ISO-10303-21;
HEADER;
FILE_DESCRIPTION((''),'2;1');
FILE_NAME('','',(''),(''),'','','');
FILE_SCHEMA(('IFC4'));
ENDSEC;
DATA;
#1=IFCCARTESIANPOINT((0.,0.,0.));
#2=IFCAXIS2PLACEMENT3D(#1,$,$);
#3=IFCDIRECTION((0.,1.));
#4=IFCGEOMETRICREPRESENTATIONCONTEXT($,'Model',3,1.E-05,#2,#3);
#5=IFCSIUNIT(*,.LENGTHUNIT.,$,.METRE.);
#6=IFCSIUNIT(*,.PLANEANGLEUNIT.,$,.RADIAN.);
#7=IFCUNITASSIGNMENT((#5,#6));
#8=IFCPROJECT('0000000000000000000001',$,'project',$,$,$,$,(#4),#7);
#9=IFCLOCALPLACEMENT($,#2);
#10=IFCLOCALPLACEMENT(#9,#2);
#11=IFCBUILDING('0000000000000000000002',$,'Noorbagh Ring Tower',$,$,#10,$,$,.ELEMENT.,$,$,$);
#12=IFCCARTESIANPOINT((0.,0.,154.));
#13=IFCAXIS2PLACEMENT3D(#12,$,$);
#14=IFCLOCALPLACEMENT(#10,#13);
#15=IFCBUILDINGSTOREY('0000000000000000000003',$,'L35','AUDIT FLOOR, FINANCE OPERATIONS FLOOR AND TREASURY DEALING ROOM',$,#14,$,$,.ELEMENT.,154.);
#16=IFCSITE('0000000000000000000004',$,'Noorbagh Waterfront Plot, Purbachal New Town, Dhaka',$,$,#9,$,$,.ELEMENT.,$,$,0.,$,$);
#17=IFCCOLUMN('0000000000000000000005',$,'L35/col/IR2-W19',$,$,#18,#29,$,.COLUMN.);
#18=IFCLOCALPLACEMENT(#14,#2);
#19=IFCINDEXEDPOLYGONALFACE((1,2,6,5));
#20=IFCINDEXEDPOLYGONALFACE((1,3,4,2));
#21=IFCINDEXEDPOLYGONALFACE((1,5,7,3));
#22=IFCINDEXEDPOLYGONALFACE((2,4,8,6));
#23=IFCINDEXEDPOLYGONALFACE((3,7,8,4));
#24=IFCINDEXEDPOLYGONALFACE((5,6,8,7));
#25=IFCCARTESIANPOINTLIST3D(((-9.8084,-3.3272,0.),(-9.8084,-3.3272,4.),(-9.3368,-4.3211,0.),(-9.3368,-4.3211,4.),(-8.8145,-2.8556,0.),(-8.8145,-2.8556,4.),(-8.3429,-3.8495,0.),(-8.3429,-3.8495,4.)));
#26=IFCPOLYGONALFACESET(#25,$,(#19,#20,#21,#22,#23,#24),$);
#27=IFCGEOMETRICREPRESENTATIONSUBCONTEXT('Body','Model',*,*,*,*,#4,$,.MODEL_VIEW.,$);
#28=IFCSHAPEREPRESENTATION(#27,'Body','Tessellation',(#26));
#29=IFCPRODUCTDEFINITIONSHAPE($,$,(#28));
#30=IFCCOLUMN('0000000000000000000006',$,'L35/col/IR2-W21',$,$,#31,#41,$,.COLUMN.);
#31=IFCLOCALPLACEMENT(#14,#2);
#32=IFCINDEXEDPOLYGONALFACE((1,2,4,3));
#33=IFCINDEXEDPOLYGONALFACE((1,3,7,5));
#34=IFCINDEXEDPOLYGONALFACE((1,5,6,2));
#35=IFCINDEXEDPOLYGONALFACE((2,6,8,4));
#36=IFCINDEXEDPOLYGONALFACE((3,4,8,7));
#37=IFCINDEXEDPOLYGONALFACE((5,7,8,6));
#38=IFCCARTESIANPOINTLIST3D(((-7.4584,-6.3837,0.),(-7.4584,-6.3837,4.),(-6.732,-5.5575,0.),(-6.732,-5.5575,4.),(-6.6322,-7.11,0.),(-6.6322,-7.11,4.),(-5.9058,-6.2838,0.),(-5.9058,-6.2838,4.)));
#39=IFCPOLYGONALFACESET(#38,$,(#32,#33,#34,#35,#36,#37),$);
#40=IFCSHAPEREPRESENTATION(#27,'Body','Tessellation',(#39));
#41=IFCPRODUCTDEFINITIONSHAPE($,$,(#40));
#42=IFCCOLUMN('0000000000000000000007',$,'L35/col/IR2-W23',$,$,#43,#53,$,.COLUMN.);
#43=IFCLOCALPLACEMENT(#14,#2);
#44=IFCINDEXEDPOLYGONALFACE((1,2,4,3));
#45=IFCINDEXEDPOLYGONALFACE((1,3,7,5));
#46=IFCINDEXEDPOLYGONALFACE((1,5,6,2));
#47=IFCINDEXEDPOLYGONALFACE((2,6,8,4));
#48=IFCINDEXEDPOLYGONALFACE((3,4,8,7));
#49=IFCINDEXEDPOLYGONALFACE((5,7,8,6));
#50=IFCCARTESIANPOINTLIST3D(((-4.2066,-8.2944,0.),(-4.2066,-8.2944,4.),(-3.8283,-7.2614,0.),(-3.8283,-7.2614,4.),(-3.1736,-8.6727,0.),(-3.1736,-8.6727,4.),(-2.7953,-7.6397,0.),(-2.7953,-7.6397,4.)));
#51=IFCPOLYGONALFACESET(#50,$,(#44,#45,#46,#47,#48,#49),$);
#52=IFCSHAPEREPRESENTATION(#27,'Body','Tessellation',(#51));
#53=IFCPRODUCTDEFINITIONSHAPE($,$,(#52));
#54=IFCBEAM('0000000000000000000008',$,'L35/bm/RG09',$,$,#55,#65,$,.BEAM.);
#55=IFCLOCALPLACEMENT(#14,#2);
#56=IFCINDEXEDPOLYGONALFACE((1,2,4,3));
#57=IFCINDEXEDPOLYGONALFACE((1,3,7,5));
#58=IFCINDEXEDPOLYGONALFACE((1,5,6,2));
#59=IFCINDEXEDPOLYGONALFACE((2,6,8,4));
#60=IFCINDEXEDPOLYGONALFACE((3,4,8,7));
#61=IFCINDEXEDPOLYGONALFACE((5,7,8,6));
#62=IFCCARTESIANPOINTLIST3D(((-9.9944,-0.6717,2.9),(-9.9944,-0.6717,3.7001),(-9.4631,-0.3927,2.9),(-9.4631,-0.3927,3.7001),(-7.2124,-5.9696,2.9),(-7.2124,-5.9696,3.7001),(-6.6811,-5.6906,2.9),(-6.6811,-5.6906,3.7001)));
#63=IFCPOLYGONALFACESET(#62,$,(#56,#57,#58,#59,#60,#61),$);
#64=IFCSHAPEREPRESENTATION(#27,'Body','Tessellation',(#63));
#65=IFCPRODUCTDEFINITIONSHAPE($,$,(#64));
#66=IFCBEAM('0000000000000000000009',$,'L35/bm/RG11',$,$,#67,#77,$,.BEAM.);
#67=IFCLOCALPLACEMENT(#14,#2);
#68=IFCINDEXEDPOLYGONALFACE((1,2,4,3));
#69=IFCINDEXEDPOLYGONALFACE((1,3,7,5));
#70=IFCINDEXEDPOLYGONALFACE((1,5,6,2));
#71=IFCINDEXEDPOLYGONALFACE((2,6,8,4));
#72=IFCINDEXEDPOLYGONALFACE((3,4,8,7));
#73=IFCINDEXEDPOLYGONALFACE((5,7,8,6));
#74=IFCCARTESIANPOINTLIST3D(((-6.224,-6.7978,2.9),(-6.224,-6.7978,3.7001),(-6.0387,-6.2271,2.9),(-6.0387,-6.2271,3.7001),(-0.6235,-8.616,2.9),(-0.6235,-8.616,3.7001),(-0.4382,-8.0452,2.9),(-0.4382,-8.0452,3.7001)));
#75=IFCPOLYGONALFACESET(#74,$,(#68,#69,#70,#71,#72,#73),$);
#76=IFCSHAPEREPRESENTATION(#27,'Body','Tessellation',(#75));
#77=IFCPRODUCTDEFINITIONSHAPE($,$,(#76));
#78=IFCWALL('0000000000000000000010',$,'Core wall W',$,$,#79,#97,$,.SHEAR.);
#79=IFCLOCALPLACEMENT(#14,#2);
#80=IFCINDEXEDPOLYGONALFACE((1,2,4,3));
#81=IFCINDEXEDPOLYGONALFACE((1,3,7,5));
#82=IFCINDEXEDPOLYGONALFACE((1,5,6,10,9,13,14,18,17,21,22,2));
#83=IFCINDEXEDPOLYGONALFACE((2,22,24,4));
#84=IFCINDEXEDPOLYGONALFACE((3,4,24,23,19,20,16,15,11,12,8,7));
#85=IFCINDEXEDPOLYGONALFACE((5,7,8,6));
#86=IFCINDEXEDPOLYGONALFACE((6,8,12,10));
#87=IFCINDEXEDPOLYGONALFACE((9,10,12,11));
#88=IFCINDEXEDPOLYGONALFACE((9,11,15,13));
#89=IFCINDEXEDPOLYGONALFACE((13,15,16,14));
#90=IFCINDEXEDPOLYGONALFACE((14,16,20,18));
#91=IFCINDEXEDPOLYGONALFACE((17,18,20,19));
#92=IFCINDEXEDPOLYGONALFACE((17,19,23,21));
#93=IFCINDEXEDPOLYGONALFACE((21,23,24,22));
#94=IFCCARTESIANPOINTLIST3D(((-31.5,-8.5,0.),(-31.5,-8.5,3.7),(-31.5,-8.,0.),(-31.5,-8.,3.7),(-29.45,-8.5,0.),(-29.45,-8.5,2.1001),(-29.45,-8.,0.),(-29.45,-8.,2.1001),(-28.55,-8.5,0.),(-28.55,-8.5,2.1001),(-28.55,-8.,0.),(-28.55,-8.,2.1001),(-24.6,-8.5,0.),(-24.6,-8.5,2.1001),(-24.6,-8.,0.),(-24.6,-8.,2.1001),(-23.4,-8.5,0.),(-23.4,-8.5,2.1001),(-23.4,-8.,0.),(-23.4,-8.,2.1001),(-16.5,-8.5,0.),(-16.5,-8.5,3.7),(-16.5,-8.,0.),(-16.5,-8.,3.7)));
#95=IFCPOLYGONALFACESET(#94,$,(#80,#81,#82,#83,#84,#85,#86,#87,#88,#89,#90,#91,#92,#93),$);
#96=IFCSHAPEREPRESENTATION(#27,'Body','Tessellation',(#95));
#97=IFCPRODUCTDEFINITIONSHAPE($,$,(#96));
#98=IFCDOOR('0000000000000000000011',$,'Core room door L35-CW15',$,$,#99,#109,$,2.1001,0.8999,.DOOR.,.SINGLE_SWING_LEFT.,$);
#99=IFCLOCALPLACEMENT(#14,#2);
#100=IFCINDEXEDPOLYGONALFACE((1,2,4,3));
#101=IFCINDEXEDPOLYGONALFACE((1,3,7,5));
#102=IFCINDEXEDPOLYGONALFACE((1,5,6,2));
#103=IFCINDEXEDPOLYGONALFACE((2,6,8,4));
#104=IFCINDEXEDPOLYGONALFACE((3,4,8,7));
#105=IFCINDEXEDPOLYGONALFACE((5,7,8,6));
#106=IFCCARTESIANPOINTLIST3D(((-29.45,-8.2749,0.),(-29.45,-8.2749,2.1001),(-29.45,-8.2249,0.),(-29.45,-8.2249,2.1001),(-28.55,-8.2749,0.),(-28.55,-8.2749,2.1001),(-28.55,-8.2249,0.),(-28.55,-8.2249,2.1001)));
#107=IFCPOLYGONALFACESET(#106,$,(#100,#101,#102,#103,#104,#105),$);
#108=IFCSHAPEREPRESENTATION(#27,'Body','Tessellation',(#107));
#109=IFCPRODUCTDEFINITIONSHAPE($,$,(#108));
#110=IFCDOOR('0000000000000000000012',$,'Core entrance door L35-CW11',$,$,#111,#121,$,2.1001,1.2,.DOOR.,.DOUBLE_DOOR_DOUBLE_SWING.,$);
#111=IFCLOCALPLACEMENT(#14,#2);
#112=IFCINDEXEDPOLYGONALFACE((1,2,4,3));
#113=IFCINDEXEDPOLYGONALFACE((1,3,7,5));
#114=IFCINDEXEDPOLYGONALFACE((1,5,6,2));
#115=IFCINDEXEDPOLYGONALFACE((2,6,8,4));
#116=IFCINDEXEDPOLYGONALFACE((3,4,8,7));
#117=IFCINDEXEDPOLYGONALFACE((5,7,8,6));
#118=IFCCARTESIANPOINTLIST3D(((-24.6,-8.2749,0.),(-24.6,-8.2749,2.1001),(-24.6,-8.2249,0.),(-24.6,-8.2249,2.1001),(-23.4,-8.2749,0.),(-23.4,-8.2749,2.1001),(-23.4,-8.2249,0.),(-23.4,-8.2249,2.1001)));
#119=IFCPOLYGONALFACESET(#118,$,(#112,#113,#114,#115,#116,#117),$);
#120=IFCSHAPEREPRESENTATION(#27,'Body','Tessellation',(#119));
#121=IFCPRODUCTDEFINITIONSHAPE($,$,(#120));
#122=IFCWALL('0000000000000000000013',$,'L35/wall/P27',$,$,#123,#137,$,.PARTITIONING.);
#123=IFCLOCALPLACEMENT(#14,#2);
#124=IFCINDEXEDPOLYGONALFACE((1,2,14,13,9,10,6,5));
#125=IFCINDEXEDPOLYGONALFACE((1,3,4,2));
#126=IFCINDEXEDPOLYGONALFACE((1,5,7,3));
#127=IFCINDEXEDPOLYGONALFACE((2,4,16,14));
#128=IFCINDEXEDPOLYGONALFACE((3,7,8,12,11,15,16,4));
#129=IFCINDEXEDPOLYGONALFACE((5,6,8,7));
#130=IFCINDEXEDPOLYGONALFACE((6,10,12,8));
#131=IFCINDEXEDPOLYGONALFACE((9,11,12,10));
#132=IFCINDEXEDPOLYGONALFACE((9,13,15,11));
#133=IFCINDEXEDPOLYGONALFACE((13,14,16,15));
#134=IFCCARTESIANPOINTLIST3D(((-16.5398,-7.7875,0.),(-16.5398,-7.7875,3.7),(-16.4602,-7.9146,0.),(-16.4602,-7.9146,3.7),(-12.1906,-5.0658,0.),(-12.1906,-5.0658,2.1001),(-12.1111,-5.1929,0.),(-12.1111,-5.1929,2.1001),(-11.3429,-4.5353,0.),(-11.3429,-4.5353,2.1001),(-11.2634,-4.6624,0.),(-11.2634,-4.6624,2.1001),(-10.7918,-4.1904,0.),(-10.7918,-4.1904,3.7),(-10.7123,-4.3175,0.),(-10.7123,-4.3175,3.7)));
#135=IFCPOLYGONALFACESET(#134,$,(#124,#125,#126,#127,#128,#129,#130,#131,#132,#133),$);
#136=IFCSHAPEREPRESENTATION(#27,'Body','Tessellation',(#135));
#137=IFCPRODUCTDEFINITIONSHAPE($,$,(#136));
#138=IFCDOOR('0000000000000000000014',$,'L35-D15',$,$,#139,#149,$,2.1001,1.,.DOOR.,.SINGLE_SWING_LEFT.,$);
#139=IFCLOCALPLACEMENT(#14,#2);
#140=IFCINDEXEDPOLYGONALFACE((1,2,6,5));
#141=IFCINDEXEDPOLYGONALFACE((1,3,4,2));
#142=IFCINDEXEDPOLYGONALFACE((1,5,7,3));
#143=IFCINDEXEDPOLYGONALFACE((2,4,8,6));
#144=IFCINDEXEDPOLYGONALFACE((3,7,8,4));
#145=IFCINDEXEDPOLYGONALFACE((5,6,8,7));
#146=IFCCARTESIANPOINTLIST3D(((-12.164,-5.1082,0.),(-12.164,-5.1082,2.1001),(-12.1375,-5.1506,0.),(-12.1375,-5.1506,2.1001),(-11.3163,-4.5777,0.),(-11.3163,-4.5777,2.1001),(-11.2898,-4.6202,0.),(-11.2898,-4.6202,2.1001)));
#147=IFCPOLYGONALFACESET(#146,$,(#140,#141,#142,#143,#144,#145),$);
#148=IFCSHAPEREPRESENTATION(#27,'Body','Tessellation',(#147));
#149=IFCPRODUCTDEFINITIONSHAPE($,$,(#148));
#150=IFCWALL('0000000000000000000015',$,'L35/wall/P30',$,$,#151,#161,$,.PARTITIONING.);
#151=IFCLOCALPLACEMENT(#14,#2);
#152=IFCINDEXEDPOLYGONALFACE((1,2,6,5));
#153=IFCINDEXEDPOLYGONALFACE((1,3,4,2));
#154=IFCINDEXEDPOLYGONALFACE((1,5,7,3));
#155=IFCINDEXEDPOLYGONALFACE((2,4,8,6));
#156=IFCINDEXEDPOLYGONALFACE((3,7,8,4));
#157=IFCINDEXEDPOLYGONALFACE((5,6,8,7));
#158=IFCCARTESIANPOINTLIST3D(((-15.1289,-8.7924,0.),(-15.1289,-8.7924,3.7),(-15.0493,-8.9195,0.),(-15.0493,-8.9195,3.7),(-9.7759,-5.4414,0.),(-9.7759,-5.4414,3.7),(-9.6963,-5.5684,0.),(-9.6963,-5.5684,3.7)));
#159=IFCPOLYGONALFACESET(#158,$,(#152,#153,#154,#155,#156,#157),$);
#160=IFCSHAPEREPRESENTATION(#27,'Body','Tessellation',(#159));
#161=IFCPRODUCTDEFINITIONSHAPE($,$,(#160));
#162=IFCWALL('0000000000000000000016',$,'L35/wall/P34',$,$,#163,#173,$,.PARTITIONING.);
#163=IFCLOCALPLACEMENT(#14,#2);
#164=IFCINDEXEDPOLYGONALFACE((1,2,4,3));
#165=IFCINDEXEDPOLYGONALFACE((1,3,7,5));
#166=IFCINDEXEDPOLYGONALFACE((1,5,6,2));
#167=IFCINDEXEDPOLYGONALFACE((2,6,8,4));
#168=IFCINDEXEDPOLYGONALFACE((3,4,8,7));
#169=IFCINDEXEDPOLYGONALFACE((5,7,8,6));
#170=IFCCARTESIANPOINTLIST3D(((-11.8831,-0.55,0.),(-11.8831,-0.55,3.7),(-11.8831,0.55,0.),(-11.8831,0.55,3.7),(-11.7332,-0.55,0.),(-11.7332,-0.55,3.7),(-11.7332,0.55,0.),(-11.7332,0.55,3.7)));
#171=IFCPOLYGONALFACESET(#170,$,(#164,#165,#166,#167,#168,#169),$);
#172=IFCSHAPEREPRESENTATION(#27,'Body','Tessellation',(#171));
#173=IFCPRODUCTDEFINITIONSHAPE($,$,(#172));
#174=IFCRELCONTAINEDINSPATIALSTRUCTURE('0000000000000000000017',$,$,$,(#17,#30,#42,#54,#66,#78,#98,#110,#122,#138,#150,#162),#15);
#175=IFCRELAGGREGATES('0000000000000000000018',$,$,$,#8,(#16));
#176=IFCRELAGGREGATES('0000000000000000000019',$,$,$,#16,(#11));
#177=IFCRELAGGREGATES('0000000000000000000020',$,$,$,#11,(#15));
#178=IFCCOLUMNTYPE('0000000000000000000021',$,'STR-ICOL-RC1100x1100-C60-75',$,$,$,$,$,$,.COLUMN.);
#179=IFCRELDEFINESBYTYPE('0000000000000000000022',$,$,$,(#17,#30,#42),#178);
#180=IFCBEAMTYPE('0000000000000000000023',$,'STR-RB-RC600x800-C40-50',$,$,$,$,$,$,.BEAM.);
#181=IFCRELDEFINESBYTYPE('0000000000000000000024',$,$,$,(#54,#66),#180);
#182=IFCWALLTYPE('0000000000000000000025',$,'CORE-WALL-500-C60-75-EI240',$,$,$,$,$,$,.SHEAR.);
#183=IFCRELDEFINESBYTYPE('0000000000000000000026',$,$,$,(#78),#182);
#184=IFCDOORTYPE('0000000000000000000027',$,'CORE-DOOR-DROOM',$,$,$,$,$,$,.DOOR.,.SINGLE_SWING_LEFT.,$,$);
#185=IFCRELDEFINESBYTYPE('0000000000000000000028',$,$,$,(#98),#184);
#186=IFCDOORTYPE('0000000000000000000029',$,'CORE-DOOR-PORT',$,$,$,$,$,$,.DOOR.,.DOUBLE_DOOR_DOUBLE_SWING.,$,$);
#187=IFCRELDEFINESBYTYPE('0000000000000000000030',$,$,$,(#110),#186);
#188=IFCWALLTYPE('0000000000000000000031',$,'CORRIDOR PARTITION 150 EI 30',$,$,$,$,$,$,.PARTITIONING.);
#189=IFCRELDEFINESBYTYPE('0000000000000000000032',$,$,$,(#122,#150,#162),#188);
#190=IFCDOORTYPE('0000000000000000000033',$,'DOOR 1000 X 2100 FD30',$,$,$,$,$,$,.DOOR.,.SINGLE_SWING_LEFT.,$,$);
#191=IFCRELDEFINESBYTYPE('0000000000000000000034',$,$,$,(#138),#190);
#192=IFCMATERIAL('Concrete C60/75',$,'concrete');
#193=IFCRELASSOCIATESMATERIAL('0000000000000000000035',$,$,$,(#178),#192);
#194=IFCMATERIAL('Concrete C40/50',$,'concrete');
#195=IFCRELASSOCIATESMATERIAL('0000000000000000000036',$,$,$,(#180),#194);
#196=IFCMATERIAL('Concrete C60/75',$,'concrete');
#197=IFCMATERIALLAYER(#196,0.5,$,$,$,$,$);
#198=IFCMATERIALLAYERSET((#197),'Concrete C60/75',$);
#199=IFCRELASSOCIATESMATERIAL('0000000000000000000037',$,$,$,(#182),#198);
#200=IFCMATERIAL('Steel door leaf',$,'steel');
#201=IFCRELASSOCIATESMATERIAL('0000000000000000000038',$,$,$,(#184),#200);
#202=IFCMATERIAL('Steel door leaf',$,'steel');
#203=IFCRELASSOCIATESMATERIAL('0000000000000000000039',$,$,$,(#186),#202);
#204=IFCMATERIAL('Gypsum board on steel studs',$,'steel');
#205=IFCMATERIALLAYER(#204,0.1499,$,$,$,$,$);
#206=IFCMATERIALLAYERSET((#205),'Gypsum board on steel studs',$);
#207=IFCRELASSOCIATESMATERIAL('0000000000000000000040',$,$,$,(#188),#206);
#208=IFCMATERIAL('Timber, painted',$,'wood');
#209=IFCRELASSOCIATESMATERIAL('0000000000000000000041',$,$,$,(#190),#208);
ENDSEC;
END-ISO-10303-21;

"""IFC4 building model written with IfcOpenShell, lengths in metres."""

from ifc_helpers import new_model, si_unit, direction, frame, frame_2d, origin, origin_2d, place, context, subcontext, project, spatial, rectangle, extrude, material, layer, layer_set, material_profile, profile_set, type_object, element, fill, save


model = new_model("IFC4")

# Units and contexts
model_context = context("Model", 3, precision=1e-05, world=origin(), true_north=direction((0.0, 1.0)))
body_context = subcontext(model_context, "Body", "Model", "MODEL_VIEW")
ifc_project = project(units=[si_unit("LENGTHUNIT", "METRE"), si_unit("PLANEANGLEUNIT", "RADIAN")], contexts=[model_context])

# Site, building, storey
site_placement = place(None, origin())
site = spatial("IfcSite", under=ifc_project, at=site_placement, Name="Noorbagh Waterfront Plot, Purbachal New Town, Dhaka", CompositionType="ELEMENT", RefElevation=0.0)
building_placement = place(site_placement, origin())
building = spatial("IfcBuilding", under=site, at=building_placement, Name="Noorbagh Ring Tower", CompositionType="ELEMENT")
storey_placement = place(building_placement, frame((0.0, 0.0, 154.0)))
storey = spatial("IfcBuildingStorey", under=building, at=storey_placement, Name="L35", Description="AUDIT FLOOR, FINANCE OPERATIONS FLOOR AND TREASURY DEALING ROOM", CompositionType="ELEMENT", Elevation=154.0)

# Columns
ifc_material_1 = material(Name="Concrete C60/75", Category="concrete")
ifc_material_profile_1 = material_profile(ifc_material_1, rectangle(XDim=1.1001, YDim=1.1001, at=origin_2d()), Name="RC1100x1100")
ifc_profile_set_1 = profile_set([ifc_material_profile_1], Name="Concrete C60/75")
column_type = type_object("IfcColumnType", Name="STR-ICOL-RC1100x1100-C60-75", PredefinedType="COLUMN", material=ifc_profile_set_1)
for number, where, z_axis, x_axis, name in (
    (1, (-9.0757, -3.5884, 0.0), (0.0, 0.0, 1.0), (0.428667, -0.903463, 0.0), "L35/col/IR2-W19"),
    (2, (-6.6821, -6.3337, 0.0), (0.0, 0.0, 1.0), (0.751022, -0.660277, 0.0), "L35/col/IR2-W21"),
    (3, (-3.501, -7.967, 0.0), (0.0, 0.0, 1.0), (0.93902, -0.343864, 0.0), "L35/col/IR2-W23"),
):
    element("IfcColumn", number, at=place(storey_placement, frame(where, z_axis=z_axis, x_axis=x_axis)), inside=storey, type_object=column_type, Name=name, PredefinedType="COLUMN", context=body_context, shape_type="SweptSolid", body=[
        extrude(rectangle(XDim=1.1001, YDim=1.1001, at=origin_2d()), origin(), (0.0, 0.0, 1.0), 4.0),
    ])

# Beams
ifc_material_2 = material(Name="Concrete C40/50", Category="concrete")
ifc_material_profile_2 = material_profile(ifc_material_2, rectangle(XDim=0.6001, YDim=0.8, at=origin_2d()), Name="RC600x800")
ifc_profile_set_2 = profile_set([ifc_material_profile_2], Name="Concrete C40/50")
beam_type = type_object("IfcBeamType", Name="STR-RB-RC600x800-C40-50", PredefinedType="BEAM", material=ifc_profile_set_2)
beam_1_placement = place(storey_placement, frame((-9.7288, -0.5322, 3.3), z_axis=(0.464914, -0.885356, 0.0), x_axis=(0.885356, 0.464914, 0.0)))
element("IfcBeam", 4, at=beam_1_placement, inside=storey, type_object=beam_type, Name="L35/bm/RG09", PredefinedType="BEAM", context=body_context, shape_type="SweptSolid", body=[
    extrude(rectangle(XDim=0.6001, YDim=0.8, at=origin_2d()), origin(), (0.0, 0.0, 1.0), 5.9839),
])
beam_2_placement = place(storey_placement, frame((-6.1313, -6.5125, 3.3), z_axis=(0.951134, -0.308779, 0.0), x_axis=(0.308779, 0.951134, 0.0)))
element("IfcBeam", 5, at=beam_2_placement, inside=storey, type_object=beam_type, Name="L35/bm/RG11", PredefinedType="BEAM", context=body_context, shape_type="SweptSolid", body=[
    extrude(rectangle(XDim=0.6001, YDim=0.8, at=origin_2d()), origin(), (0.0, 0.0, 1.0), 5.8882),
])

# Wall, openings, doors
ifc_material_3 = material(Name="Concrete C60/75", Category="concrete")
ifc_layer_1 = layer(ifc_material_3, 0.5)
ifc_layer_set_1 = layer_set([ifc_layer_1], Name="Concrete C60/75")
wall_type_1 = type_object("IfcWallType", Name="CORE-WALL-500-C60-75-EI240", PredefinedType="SHEAR", material=ifc_layer_set_1)
wall_1_placement = place(storey_placement, frame((-16.5, -8.25, 0.0), z_axis=(0.0, 0.0, 1.0), x_axis=(-1.0, 0.0, 0.0)))
wall_1 = element("IfcWall", 6, at=wall_1_placement, inside=storey, type_object=wall_type_1, Name="Core wall W", PredefinedType="SHEAR", context=body_context, shape_type="SweptSolid", body=[
    extrude(rectangle(XDim=15.0, YDim=0.5, at=frame_2d((7.5, 0.0))), origin(), (0.0, 0.0, 1.0), 3.7),
])
opening_1_placement = place(wall_1_placement, frame((6.8999, 0.0, 0.0)))
opening_1 = element("IfcOpeningElement", 7, at=opening_1_placement, cuts=wall_1, PredefinedType="OPENING", context=body_context, shape_type="SweptSolid", body=[
    extrude(rectangle(XDim=1.2, YDim=2.1001, at=frame_2d((0.6001, 1.05))), frame((0.0, 0.26, 0.0), z_axis=(0.0, -1.0, 0.0), x_axis=(1.0, 0.0, 0.0)), (0.0, 0.0, 1.0), 0.52),
])
opening_2_placement = place(wall_1_placement, frame((12.05, 0.0, 0.0)))
opening_2 = element("IfcOpeningElement", 8, at=opening_2_placement, cuts=wall_1, PredefinedType="OPENING", context=body_context, shape_type="SweptSolid", body=[
    extrude(rectangle(XDim=0.8999, YDim=2.1001, at=frame_2d((0.45, 1.05))), frame((0.0, 0.26, 0.0), z_axis=(0.0, -1.0, 0.0), x_axis=(1.0, 0.0, 0.0)), (0.0, 0.0, 1.0), 0.52),
])
ifc_material_4 = material(Name="Steel door leaf", Category="steel")
door_type_1 = type_object("IfcDoorType", Name="CORE-DOOR-DROOM", OperationType="SINGLE_SWING_LEFT", PredefinedType="DOOR", material=ifc_material_4)
door_1_placement = place(opening_2_placement, origin())
door_1 = element("IfcDoor", 9, at=door_1_placement, inside=storey, type_object=door_type_1, Name="Core room door L35-CW15", OperationType="SINGLE_SWING_LEFT", OverallHeight=2.1001, OverallWidth=0.8999, PredefinedType="DOOR", context=body_context, shape_type="SweptSolid", body=[
    extrude(rectangle(XDim=0.8999, YDim=2.1001, at=frame_2d((0.45, 1.05))), frame((0.0, 0.0249, 0.0), z_axis=(0.0, -1.0, 0.0), x_axis=(1.0, 0.0, 0.0)), (0.0, 0.0, 1.0), 0.05),
])
fill(opening_2, door_1)
ifc_material_5 = material(Name="Steel door leaf", Category="steel")
door_type_2 = type_object("IfcDoorType", Name="CORE-DOOR-PORT", OperationType="DOUBLE_DOOR_DOUBLE_SWING", PredefinedType="DOOR", material=ifc_material_5)
door_2_placement = place(opening_1_placement, origin())
door_2 = element("IfcDoor", 10, at=door_2_placement, inside=storey, type_object=door_type_2, Name="Core entrance door L35-CW11", OperationType="DOUBLE_DOOR_DOUBLE_SWING", OverallHeight=2.1001, OverallWidth=1.2, PredefinedType="DOOR", context=body_context, shape_type="SweptSolid", body=[
    extrude(rectangle(XDim=1.2, YDim=2.1001, at=frame_2d((0.6001, 1.05))), frame((0.0, 0.0249, 0.0), z_axis=(0.0, -1.0, 0.0), x_axis=(1.0, 0.0, 0.0)), (0.0, 0.0, 1.0), 0.05),
])
fill(opening_1, door_2)

# Wall, opening, door
ifc_material_6 = material(Name="Gypsum board on steel studs", Category="steel")
ifc_layer_2 = layer(ifc_material_6, 0.1499)
ifc_layer_set_2 = layer_set([ifc_layer_2], Name="Gypsum board on steel studs")
wall_type_2 = type_object("IfcWallType", Name="CORRIDOR PARTITION 150 EI 30", PredefinedType="PARTITIONING", material=ifc_layer_set_2)
wall_2_placement = place(storey_placement, frame((-16.5, -7.8511, 0.0), z_axis=(0.0, 0.0, 1.0), x_axis=(0.847691, 0.530491, 0.0)))
wall_2 = element("IfcWall", 11, at=wall_2_placement, inside=storey, type_object=wall_type_2, Name="L35/wall/P27", PredefinedType="PARTITIONING", context=body_context, shape_type="SweptSolid", body=[
    extrude(rectangle(XDim=6.7808, YDim=0.1499, at=frame_2d((3.3904, 0.0))), origin(), (0.0, 0.0, 1.0), 3.7),
])
opening_3_placement = place(wall_2_placement, frame((5.1306, 0.0, 0.0)))
opening_3 = element("IfcOpeningElement", 12, at=opening_3_placement, cuts=wall_2, PredefinedType="OPENING", context=body_context, shape_type="SweptSolid", body=[
    extrude(rectangle(XDim=1.0, YDim=2.1001, at=frame_2d((0.5, 1.05))), frame((0.0, 0.085, 0.0), z_axis=(0.0, -1.0, 0.0), x_axis=(1.0, 0.0, 0.0)), (0.0, 0.0, 1.0), 0.1699),
])
ifc_material_7 = material(Name="Timber, painted", Category="wood")
door_type_3 = type_object("IfcDoorType", Name="DOOR 1000 X 2100 FD30", OperationType="SINGLE_SWING_LEFT", PredefinedType="DOOR", material=ifc_material_7)
door_3_placement = place(opening_3_placement, origin())
door_3 = element("IfcDoor", 13, at=door_3_placement, inside=storey, type_object=door_type_3, Name="L35-D15", OperationType="SINGLE_SWING_LEFT", OverallHeight=2.1001, OverallWidth=1.0, PredefinedType="DOOR", context=body_context, shape_type="SweptSolid", body=[
    extrude(rectangle(XDim=1.0, YDim=2.1001, at=frame_2d((0.5, 1.05))), frame((0.0, 0.0249, 0.0), z_axis=(0.0, -1.0, 0.0), x_axis=(1.0, 0.0, 0.0)), (0.0, 0.0, 1.0), 0.05),
])
fill(opening_3, door_3)

# Walls
wall_3_placement = place(storey_placement, frame((-15.0891, -8.856, 0.0), z_axis=(0.0, 0.0, 1.0), x_axis=(0.847612, 0.530617, 0.0)))
element("IfcWall", 14, at=wall_3_placement, inside=storey, type_object=wall_type_2, Name="L35/wall/P30", PredefinedType="PARTITIONING", context=body_context, shape_type="SweptSolid", body=[
    extrude(rectangle(XDim=6.3154, YDim=0.1499, at=frame_2d((3.1577, 0.0))), origin(), (0.0, 0.0, 1.0), 3.7),
])
wall_4_placement = place(storey_placement, frame((-11.8081, -0.55, 0.0), z_axis=(0.0, 0.0, 1.0), x_axis=(0.0, 1.0, 0.0)))
element("IfcWall", 15, at=wall_4_placement, inside=storey, type_object=wall_type_2, Name="L35/wall/P34", PredefinedType="PARTITIONING", context=body_context, shape_type="SweptSolid", body=[
    extrude(rectangle(XDim=1.1001, YDim=0.1499, at=frame_2d((0.55, 0.0))), origin(), (0.0, 0.0, 1.0), 3.7),
])

save(model, "model.ifc")
